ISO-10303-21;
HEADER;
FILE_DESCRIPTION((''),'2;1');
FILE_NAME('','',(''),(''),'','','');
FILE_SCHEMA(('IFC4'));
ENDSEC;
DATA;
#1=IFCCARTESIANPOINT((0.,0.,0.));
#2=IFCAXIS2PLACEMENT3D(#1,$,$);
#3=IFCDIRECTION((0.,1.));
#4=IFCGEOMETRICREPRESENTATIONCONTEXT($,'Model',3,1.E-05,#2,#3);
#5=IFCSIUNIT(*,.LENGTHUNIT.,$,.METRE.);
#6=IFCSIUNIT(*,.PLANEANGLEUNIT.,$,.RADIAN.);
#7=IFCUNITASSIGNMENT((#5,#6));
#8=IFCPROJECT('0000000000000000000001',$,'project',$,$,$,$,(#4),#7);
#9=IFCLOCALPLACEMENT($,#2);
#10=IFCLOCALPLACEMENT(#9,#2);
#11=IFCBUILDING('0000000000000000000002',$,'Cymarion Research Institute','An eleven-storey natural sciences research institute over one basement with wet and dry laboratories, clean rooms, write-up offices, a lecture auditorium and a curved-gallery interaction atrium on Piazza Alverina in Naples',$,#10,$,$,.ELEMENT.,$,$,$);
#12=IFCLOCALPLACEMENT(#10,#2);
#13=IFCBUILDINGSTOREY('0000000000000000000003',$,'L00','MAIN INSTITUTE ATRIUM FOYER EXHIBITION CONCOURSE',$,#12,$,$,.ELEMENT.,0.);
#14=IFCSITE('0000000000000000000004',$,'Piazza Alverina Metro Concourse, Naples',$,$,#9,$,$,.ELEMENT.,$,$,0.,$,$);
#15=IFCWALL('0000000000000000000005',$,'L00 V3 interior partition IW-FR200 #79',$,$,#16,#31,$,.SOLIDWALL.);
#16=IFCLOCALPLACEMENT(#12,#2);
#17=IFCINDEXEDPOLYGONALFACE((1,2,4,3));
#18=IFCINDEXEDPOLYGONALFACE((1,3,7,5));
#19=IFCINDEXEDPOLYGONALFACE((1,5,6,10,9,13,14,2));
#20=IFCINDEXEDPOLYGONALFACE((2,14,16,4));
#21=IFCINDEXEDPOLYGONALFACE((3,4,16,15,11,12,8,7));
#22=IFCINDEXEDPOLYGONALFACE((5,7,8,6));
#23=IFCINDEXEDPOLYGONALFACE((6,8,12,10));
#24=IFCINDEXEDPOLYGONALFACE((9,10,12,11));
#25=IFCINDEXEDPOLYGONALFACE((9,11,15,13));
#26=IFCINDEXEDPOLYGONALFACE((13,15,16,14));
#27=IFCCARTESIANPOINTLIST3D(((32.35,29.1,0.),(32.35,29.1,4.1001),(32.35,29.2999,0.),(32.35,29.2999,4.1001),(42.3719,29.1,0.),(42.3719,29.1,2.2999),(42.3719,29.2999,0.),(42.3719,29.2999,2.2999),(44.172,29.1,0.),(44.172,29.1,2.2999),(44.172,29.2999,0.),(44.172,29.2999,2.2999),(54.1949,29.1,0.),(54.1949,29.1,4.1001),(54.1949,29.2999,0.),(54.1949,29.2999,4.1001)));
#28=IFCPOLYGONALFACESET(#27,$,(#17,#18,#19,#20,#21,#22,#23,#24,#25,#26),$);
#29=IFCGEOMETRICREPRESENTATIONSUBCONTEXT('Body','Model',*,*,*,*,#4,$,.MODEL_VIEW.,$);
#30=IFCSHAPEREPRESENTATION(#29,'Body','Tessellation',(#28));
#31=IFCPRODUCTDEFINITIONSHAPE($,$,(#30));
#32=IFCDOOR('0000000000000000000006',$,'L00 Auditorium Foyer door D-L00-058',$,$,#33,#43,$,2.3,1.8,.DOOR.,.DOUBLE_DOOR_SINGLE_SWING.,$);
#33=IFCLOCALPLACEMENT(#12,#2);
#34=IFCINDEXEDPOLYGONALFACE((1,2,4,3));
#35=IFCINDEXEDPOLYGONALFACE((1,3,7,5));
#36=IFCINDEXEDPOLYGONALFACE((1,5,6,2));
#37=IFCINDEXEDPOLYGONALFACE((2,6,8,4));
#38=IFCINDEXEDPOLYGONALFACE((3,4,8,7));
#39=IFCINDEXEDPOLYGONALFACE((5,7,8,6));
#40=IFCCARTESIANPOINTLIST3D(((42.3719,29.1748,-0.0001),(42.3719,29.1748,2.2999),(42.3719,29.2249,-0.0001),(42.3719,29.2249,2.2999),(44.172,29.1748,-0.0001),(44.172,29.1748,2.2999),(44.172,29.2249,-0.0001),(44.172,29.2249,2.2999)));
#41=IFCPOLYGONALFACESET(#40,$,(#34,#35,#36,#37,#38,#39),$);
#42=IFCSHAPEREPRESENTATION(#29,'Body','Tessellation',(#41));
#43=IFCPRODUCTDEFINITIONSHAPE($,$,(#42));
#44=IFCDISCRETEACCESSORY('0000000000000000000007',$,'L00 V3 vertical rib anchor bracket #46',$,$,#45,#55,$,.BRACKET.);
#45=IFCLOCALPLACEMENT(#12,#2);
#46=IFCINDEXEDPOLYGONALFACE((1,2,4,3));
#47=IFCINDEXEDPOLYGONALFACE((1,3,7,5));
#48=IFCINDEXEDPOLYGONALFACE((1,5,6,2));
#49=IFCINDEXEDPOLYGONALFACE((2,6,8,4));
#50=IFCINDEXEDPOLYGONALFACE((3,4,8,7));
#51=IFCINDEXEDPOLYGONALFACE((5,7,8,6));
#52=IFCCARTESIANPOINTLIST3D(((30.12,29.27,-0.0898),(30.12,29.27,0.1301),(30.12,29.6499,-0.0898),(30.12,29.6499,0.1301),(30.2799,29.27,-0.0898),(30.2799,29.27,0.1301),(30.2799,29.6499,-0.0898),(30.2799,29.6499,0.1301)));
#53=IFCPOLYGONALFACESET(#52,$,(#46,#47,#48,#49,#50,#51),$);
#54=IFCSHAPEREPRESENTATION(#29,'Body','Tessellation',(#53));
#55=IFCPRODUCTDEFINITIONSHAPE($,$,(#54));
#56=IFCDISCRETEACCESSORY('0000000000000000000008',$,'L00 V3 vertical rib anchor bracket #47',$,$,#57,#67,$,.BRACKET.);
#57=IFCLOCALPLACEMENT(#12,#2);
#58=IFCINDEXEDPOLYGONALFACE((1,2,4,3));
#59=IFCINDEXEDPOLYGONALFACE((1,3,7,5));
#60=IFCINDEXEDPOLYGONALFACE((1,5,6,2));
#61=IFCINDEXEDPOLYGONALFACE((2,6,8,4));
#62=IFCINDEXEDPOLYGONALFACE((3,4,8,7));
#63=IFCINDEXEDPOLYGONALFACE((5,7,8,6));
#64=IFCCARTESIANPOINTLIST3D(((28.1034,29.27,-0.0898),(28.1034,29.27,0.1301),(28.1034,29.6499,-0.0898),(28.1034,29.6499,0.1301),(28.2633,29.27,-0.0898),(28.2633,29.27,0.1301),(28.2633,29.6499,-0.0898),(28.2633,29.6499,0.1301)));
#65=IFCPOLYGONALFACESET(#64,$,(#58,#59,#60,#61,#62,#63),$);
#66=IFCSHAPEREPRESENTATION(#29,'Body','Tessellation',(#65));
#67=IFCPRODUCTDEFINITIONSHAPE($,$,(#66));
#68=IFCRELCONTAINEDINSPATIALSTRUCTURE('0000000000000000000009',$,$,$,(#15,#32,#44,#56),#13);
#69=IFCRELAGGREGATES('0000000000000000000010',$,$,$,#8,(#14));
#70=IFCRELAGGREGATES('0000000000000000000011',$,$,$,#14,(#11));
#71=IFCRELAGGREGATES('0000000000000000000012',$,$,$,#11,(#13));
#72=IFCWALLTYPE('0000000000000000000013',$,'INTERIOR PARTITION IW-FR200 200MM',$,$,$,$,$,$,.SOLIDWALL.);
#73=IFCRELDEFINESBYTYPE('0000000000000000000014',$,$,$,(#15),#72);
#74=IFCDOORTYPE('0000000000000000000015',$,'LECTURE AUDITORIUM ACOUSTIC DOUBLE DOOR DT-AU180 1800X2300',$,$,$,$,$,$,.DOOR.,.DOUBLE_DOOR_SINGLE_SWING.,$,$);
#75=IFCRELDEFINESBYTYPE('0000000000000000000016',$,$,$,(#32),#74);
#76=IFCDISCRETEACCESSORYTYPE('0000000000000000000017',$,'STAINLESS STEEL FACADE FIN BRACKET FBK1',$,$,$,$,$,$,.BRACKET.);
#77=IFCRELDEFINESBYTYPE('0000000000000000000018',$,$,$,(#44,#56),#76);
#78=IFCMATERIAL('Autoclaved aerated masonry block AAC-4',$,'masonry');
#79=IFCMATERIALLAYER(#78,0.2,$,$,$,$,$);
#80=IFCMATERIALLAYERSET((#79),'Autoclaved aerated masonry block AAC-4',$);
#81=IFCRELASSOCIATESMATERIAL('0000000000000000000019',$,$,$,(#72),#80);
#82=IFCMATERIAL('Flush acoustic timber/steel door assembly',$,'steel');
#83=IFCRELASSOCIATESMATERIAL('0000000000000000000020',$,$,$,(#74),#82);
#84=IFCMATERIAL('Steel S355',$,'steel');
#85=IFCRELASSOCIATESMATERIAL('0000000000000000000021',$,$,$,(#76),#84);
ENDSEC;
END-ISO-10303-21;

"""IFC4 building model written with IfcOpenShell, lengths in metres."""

from ifc_helpers import new_model, si_unit, direction, frame, frame_2d, origin, origin_2d, place, context, subcontext, project, spatial, rectangle, extrude, material, layer, layer_set, type_object, element, fill, save


model = new_model("IFC4")

# Units and contexts
model_context = context("Model", 3, precision=1e-05, world=origin(), true_north=direction((0.0, 1.0)))
body_context = subcontext(model_context, "Body", "Model", "MODEL_VIEW")
ifc_project = project(units=[si_unit("LENGTHUNIT", "METRE"), si_unit("PLANEANGLEUNIT", "RADIAN")], contexts=[model_context])

# Site, building, storey
site_placement = place(None, origin())
site = spatial("IfcSite", under=ifc_project, at=site_placement, Name="Piazza Alverina Metro Concourse, Naples", CompositionType="ELEMENT", RefElevation=0.0)
building_placement = place(site_placement, origin())
building = spatial("IfcBuilding", under=site, at=building_placement, Name="Cymarion Research Institute", Description="An eleven-storey natural sciences research institute over one basement with wet and dry laboratories, clean rooms, write-up offices, a lecture auditorium and a curved-gallery interaction atrium on Piazza Alverina in Naples", CompositionType="ELEMENT")
storey_placement = place(building_placement, origin())
storey = spatial("IfcBuildingStorey", under=building, at=storey_placement, Name="L00", Description="MAIN INSTITUTE ATRIUM FOYER EXHIBITION CONCOURSE", CompositionType="ELEMENT", Elevation=0.0)

# Shared definitions
ifc_material_1 = material(Name="Steel S355", Category="steel")

# Wall, opening, door
ifc_material_2 = material(Name="Autoclaved aerated masonry block AAC-4", Category="masonry")
ifc_layer_1 = layer(ifc_material_2, 0.2)
ifc_layer_set_1 = layer_set([ifc_layer_1], Name="Autoclaved aerated masonry block AAC-4")
wall_type_1 = type_object("IfcWallType", Name="INTERIOR PARTITION IW-FR200 200MM", PredefinedType="SOLIDWALL", material=ifc_layer_set_1)
wall_1_placement = place(storey_placement, frame((32.3501, 29.2, 0.0), z_axis=(0.0, 0.0, 1.0), x_axis=(1.0, 0.0, 0.0)))
wall_1 = element("IfcWall", 1, at=wall_1_placement, inside=storey, type_object=wall_type_1, Name="L00 V3 interior partition IW-FR200 #79", PredefinedType="SOLIDWALL", context=body_context, shape_type="SweptSolid", body=[
    extrude(rectangle(XDim=21.845, YDim=0.2, at=frame_2d((10.9224, 0.0))), origin(), (0.0, 0.0, 1.0), 4.1001),
])
opening_1_placement = place(wall_1_placement, frame((10.022, 0.0, 0.0)))
opening_1 = element("IfcOpeningElement", 2, at=opening_1_placement, cuts=wall_1, PredefinedType="OPENING", context=body_context, shape_type="SweptSolid", body=[
    extrude(rectangle(XDim=1.8, YDim=2.3, at=frame_2d((0.8999, 1.1499))), frame((0.0, 0.1099, 0.0), z_axis=(0.0, -1.0, 0.0), x_axis=(1.0, 0.0, 0.0)), (0.0, 0.0, 1.0), 0.22),
])
ifc_material_3 = material(Name="Flush acoustic timber/steel door assembly", Category="steel")
door_type_1 = type_object("IfcDoorType", Name="LECTURE AUDITORIUM ACOUSTIC DOUBLE DOOR DT-AU180 1800X2300", OperationType="DOUBLE_DOOR_SINGLE_SWING", PredefinedType="DOOR", material=ifc_material_3)
door_1_placement = place(opening_1_placement, origin())
door_1 = element("IfcDoor", 3, at=door_1_placement, inside=storey, type_object=door_type_1, Name="L00 Auditorium Foyer door D-L00-058", OperationType="DOUBLE_DOOR_SINGLE_SWING", OverallHeight=2.3, OverallWidth=1.8, PredefinedType="DOOR", context=body_context, shape_type="SweptSolid", body=[
    extrude(rectangle(XDim=1.8, YDim=2.3, at=frame_2d((0.8999, 1.1499))), frame((0.0, 0.0249, 0.0), z_axis=(0.0, -1.0, 0.0), x_axis=(1.0, 0.0, 0.0)), (0.0, 0.0, 1.0), 0.05),
])
fill(opening_1, door_1)

# Discrete accessories
discrete_accessory_type = type_object("IfcDiscreteAccessoryType", Name="STAINLESS STEEL FACADE FIN BRACKET FBK1", PredefinedType="BRACKET", material=ifc_material_1)
for number, where, z_axis, x_axis, name in (
    (4, (30.2, 29.46, -0.0898), (0.0, 0.0, 1.0), (0.0, 1.0, 0.0), "L00 V3 vertical rib anchor bracket #46"),
    (5, (28.1833, 29.46, -0.0898), (0.0, 0.0, 1.0), (0.0, 1.0, 0.0), "L00 V3 vertical rib anchor bracket #47"),
):
    element("IfcDiscreteAccessory", number, at=place(storey_placement, frame(where, z_axis=z_axis, x_axis=x_axis)), inside=storey, type_object=discrete_accessory_type, Name=name, PredefinedType="BRACKET", context=body_context, shape_type="SweptSolid", body=[
        extrude(rectangle(XDim=0.3799, YDim=0.1599, at=origin_2d()), origin(), (0.0, 0.0, 1.0), 0.22),
    ])

save(model, "model.ifc")
